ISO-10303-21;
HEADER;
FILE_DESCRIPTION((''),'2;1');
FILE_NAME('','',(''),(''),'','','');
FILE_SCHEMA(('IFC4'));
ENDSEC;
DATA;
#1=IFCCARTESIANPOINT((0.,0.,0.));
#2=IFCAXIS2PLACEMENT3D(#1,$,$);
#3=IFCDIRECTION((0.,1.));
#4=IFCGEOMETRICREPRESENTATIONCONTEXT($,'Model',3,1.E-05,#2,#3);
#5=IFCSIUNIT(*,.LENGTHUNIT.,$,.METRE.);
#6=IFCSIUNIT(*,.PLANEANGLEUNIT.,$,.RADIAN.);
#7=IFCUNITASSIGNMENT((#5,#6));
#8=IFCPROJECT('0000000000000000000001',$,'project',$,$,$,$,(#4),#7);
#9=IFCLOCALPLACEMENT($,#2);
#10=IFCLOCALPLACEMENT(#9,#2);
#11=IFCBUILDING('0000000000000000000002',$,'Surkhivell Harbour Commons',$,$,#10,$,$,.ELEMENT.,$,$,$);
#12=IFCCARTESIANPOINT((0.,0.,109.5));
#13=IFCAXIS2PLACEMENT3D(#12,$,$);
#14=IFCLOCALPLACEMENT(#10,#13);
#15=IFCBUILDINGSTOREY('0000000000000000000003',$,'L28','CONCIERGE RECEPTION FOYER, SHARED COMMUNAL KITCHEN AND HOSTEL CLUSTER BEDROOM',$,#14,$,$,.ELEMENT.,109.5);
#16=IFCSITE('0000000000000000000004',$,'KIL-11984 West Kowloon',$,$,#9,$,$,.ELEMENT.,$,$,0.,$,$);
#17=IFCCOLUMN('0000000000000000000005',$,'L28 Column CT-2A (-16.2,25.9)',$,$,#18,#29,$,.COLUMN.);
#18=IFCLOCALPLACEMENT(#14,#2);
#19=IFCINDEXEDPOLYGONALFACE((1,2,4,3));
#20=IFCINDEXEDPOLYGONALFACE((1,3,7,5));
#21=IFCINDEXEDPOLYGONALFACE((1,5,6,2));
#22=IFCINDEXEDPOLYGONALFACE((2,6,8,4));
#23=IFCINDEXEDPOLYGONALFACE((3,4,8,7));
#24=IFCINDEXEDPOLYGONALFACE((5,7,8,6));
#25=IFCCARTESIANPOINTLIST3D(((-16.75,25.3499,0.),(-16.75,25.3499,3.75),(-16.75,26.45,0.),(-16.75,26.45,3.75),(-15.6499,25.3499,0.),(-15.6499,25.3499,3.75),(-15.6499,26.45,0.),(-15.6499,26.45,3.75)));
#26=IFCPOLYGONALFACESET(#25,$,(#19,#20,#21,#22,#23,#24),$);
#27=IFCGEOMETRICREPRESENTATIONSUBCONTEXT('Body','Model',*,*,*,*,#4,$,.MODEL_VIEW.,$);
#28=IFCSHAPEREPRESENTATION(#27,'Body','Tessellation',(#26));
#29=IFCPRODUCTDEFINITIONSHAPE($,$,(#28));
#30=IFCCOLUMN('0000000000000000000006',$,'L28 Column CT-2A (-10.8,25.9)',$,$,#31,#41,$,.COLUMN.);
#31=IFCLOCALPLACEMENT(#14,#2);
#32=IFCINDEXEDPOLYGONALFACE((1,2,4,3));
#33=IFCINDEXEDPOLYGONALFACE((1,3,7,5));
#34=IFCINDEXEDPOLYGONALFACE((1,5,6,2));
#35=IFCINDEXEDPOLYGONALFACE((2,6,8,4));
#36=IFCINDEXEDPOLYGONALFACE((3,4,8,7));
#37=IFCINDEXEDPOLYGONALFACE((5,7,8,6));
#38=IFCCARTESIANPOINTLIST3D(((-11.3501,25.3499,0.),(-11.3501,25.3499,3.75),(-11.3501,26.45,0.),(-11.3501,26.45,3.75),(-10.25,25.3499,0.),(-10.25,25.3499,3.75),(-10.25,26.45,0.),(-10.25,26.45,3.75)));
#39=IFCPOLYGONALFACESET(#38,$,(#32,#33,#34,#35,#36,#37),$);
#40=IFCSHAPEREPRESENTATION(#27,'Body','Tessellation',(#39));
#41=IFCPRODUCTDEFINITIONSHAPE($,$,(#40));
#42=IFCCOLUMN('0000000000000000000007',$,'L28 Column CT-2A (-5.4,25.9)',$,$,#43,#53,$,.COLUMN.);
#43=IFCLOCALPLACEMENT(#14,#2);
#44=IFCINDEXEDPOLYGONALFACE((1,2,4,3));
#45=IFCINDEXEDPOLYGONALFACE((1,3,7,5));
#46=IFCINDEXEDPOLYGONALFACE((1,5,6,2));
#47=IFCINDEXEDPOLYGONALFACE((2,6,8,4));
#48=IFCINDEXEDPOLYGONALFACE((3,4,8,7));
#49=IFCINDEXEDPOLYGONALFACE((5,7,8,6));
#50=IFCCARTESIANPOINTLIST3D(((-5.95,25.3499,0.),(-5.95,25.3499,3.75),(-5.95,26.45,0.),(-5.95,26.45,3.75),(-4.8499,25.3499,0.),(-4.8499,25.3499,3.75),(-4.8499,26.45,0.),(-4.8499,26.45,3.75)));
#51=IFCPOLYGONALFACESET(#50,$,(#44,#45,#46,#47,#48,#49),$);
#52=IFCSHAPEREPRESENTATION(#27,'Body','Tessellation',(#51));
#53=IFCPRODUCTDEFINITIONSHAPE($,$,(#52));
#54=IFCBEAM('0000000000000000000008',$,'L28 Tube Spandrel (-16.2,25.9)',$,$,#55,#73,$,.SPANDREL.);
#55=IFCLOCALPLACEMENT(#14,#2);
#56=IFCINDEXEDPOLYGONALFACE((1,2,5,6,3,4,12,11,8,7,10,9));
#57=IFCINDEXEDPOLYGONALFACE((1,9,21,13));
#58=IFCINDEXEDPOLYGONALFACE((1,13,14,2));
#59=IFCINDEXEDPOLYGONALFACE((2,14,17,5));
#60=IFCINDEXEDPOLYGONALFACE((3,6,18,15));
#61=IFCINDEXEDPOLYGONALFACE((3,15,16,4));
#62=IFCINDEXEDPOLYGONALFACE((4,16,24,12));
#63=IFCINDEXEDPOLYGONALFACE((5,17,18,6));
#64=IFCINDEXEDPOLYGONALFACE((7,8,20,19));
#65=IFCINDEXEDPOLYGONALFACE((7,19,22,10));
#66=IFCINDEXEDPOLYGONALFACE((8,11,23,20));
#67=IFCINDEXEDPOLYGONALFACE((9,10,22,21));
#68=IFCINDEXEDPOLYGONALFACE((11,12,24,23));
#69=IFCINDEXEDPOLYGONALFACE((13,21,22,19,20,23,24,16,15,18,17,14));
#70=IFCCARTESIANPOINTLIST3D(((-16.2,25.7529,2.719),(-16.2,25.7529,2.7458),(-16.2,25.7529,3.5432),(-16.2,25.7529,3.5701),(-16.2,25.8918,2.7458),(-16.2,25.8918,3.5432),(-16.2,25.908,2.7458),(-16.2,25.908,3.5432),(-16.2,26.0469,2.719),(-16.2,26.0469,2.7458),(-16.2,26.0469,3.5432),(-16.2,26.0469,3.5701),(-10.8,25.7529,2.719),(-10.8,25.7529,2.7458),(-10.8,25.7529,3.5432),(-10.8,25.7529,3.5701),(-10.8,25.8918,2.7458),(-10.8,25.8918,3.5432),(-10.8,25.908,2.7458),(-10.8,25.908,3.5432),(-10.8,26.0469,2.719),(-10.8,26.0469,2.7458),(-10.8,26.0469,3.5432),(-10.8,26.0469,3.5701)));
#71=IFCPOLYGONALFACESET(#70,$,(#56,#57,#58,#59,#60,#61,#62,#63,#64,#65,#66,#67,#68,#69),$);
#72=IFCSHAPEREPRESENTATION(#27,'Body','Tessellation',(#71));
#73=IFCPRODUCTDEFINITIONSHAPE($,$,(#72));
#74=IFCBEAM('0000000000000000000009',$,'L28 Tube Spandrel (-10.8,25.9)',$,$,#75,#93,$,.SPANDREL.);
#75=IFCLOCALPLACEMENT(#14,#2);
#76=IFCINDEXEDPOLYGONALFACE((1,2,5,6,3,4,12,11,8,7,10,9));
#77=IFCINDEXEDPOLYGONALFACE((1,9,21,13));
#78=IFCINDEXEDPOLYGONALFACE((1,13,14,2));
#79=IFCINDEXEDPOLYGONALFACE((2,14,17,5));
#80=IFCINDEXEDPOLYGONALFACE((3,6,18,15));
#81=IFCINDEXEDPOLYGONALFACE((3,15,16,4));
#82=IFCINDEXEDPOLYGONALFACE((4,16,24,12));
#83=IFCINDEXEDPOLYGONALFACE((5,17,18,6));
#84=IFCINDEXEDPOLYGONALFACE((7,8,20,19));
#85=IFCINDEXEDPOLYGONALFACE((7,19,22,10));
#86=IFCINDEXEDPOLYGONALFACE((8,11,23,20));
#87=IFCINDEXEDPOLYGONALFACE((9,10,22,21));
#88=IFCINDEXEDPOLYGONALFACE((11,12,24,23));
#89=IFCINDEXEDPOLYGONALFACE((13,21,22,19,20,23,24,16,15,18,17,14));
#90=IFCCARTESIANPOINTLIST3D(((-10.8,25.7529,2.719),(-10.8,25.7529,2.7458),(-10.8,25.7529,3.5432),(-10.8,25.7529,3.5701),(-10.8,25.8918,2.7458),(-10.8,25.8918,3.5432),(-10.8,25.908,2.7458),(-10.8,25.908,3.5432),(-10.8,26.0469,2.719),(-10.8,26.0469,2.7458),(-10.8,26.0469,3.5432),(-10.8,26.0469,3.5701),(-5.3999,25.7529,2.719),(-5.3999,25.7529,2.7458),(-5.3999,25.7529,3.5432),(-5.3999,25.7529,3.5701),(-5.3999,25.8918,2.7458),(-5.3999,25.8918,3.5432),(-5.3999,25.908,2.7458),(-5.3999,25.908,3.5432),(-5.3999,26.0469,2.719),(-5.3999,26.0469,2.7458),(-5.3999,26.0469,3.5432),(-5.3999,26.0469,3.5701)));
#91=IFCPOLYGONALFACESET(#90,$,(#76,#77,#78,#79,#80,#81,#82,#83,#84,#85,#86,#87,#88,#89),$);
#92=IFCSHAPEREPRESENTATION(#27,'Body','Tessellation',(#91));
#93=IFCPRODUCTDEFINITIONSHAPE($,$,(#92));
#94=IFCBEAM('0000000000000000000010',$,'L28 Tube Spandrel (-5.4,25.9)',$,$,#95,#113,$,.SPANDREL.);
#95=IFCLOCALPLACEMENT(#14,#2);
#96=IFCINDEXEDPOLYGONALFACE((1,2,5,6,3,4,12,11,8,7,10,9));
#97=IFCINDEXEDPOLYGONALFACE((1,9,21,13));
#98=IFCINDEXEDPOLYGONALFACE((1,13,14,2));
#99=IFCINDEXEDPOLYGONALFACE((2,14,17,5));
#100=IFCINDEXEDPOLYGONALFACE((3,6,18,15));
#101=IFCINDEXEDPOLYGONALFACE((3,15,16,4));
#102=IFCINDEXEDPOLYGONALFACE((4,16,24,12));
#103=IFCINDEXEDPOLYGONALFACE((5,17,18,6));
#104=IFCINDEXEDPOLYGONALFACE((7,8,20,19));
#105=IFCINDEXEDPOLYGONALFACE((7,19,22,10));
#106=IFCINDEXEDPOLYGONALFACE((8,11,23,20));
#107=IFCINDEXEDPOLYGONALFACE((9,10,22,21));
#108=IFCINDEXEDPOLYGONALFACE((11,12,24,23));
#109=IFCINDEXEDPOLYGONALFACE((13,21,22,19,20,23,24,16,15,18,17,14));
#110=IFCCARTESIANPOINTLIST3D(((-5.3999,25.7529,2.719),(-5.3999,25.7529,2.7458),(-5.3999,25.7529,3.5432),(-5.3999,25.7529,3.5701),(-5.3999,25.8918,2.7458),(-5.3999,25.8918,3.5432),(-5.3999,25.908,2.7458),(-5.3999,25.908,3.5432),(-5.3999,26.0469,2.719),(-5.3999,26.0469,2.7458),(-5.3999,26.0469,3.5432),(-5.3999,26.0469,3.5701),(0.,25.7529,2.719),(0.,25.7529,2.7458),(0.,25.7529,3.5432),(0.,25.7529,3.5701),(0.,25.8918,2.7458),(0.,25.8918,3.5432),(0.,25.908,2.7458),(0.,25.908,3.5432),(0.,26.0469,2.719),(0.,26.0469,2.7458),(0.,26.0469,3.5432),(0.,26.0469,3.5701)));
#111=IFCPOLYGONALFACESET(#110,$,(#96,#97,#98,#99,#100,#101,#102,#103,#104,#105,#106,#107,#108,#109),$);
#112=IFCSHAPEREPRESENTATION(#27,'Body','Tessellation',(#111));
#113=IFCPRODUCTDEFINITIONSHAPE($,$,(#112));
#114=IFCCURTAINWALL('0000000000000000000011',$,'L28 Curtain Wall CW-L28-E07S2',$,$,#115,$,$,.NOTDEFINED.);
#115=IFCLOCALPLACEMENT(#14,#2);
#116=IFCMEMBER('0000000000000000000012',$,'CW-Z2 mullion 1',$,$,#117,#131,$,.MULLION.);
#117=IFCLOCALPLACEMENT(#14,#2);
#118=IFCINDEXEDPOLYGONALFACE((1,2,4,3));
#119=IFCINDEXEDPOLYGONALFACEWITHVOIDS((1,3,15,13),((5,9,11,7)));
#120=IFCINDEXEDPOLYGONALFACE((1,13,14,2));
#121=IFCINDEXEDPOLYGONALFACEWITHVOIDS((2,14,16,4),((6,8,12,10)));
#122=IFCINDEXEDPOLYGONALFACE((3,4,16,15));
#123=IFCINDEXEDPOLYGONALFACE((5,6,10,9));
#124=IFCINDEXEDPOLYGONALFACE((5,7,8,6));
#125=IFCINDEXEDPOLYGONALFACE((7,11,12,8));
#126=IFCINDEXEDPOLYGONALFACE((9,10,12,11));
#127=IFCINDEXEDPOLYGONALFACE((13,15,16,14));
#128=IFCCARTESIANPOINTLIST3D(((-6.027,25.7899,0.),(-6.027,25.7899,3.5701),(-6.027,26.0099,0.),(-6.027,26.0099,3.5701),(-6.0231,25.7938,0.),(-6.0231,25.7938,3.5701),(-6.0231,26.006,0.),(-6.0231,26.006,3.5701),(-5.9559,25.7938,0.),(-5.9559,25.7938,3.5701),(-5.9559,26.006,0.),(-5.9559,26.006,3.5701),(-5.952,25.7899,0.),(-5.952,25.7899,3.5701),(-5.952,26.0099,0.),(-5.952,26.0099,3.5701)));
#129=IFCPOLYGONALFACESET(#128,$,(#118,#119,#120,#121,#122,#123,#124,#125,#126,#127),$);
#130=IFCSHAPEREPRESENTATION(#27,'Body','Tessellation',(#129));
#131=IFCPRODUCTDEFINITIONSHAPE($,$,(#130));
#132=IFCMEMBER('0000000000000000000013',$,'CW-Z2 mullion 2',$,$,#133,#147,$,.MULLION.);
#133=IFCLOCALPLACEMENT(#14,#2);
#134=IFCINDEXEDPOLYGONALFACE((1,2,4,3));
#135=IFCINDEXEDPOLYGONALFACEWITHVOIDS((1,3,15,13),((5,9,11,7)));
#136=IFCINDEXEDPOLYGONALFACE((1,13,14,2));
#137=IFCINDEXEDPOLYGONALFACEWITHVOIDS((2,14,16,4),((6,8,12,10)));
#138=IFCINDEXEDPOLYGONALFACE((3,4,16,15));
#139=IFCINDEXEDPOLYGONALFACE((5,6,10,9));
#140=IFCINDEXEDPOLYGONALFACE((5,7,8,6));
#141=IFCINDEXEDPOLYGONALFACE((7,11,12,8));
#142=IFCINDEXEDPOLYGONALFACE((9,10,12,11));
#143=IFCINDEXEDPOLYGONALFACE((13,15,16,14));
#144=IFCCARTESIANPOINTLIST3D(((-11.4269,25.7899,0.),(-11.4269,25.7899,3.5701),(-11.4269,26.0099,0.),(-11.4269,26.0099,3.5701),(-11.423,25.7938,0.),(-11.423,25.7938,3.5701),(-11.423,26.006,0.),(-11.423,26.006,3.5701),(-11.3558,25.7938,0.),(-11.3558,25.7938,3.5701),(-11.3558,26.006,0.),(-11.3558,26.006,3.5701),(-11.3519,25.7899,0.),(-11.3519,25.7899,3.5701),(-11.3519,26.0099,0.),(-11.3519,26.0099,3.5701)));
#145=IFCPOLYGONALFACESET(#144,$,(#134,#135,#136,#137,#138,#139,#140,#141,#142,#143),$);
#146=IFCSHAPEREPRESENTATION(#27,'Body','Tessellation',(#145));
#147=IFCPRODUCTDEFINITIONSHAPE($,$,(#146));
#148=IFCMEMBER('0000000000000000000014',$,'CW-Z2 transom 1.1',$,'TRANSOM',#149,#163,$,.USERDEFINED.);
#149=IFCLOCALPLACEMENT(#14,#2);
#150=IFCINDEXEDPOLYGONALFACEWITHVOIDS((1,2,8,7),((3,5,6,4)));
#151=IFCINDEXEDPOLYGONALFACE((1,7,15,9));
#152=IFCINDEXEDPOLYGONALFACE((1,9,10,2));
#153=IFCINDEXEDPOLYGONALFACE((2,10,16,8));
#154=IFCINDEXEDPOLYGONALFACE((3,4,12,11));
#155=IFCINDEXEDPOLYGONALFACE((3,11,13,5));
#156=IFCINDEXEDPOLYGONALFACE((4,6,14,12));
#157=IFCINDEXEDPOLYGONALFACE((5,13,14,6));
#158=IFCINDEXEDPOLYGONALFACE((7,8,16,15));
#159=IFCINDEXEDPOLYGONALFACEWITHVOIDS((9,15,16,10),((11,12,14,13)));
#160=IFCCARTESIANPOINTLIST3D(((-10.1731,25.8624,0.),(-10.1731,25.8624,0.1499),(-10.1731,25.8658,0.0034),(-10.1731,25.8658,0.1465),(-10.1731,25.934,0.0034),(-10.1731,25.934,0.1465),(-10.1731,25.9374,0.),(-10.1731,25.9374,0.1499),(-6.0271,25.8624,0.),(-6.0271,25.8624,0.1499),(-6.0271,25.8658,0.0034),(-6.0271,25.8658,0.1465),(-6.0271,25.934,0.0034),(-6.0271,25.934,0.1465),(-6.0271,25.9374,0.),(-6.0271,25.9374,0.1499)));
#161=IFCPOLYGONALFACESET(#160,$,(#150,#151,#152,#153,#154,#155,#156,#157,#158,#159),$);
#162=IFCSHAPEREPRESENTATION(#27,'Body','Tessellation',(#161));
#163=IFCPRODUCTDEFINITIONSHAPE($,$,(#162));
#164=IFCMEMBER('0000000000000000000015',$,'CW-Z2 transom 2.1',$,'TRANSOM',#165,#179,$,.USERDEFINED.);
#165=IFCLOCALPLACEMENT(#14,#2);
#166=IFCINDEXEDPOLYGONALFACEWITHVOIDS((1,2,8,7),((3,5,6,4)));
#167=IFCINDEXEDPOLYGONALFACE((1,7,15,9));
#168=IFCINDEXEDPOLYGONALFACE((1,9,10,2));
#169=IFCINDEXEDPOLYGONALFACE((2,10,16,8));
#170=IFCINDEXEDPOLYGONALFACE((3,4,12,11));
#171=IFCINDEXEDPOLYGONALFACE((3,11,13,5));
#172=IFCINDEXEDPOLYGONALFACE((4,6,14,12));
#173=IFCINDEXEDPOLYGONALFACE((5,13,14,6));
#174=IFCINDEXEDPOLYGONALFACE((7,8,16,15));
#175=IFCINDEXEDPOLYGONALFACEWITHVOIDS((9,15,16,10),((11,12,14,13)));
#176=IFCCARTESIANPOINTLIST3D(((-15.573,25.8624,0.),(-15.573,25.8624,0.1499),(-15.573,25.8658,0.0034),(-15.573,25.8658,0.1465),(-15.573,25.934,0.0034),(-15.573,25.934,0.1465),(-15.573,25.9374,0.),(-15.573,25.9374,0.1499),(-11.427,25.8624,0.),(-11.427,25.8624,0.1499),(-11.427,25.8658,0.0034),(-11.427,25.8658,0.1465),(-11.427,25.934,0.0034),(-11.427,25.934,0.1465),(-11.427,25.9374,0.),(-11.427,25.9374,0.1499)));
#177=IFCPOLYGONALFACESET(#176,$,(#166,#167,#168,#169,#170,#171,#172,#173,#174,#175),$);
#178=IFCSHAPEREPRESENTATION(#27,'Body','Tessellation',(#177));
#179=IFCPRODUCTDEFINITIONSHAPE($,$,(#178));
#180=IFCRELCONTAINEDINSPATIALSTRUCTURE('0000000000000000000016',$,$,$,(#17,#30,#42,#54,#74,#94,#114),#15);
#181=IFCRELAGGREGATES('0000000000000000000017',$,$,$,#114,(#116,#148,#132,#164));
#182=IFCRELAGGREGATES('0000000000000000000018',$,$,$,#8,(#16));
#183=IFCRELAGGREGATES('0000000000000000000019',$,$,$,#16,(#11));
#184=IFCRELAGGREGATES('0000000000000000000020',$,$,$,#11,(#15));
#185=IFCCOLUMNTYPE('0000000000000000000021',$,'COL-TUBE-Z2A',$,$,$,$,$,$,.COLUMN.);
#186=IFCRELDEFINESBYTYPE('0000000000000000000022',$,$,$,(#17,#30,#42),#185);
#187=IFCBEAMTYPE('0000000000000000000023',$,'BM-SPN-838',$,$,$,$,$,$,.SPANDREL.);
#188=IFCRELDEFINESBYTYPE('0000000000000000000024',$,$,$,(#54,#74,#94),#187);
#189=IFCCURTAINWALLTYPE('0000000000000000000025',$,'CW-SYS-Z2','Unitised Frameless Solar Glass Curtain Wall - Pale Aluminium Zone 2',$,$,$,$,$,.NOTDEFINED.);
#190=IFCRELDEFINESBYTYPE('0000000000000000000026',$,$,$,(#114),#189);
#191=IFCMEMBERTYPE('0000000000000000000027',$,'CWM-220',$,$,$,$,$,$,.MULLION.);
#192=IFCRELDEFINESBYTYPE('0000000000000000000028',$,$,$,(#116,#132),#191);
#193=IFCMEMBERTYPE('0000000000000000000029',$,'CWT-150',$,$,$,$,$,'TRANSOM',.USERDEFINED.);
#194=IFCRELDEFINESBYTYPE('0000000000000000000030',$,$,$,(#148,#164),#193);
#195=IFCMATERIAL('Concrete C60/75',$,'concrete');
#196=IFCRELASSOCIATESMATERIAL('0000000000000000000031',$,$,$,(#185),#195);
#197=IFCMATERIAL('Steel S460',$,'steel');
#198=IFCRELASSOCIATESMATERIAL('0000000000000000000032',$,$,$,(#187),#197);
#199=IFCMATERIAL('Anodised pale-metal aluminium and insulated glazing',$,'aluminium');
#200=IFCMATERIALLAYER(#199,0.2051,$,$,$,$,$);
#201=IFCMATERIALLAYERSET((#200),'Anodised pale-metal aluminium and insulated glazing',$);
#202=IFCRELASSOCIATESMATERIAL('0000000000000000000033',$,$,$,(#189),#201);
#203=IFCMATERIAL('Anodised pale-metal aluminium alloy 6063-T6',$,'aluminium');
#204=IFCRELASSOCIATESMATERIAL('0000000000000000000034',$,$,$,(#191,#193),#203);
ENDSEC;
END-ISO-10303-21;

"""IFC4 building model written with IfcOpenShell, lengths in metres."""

from ifc_helpers import new_model, si_unit, direction, frame, origin, origin_2d, place, context, subcontext, project, spatial, rectangle, hollow_rectangle, i_section, extrude, material, layer, layer_set, material_profile, profile_set, type_object, element, aggregate, save


model = new_model("IFC4")

# Units and contexts
model_context = context("Model", 3, precision=1e-05, world=origin(), true_north=direction((0.0, 1.0)))
body_context = subcontext(model_context, "Body", "Model", "MODEL_VIEW")
ifc_project = project(units=[si_unit("LENGTHUNIT", "METRE"), si_unit("PLANEANGLEUNIT", "RADIAN")], contexts=[model_context])

# Site, building, storey
site_placement = place(None, origin())
site = spatial("IfcSite", under=ifc_project, at=site_placement, Name="KIL-11984 West Kowloon", CompositionType="ELEMENT", RefElevation=0.0)
building_placement = place(site_placement, origin())
building = spatial("IfcBuilding", under=site, at=building_placement, Name="Surkhivell Harbour Commons", CompositionType="ELEMENT")
storey_placement = place(building_placement, frame((0.0, 0.0, 109.5)))
storey = spatial("IfcBuildingStorey", under=building, at=storey_placement, Name="L28", Description="CONCIERGE RECEPTION FOYER, SHARED COMMUNAL KITCHEN AND HOSTEL CLUSTER BEDROOM", CompositionType="ELEMENT", Elevation=109.5)

# Columns
ifc_material_1 = material(Name="Concrete C60/75", Category="concrete")
ifc_material_profile_1 = material_profile(ifc_material_1, rectangle(XDim=1.1001, YDim=1.1001, at=origin_2d()), Name="RC-COL-1100x1100")
ifc_profile_set_1 = profile_set([ifc_material_profile_1], Name="Concrete C60/75")
column_type = type_object("IfcColumnType", Name="COL-TUBE-Z2A", PredefinedType="COLUMN", material=ifc_profile_set_1)
for number, where, z_axis, x_axis, name in (
    (1, (-16.2, 25.8999, 0.0), (0.0, 0.0, 1.0), (1.0, 0.0, 0.0), "L28 Column CT-2A (-16.2,25.9)"),
    (2, (-10.8, 25.8999, 0.0), (0.0, 0.0, 1.0), (1.0, 0.0, 0.0), "L28 Column CT-2A (-10.8,25.9)"),
    (3, (-5.3999, 25.8999, 0.0), (0.0, 0.0, 1.0), (1.0, 0.0, 0.0), "L28 Column CT-2A (-5.4,25.9)"),
):
    element("IfcColumn", number, at=place(storey_placement, frame(where, z_axis=z_axis, x_axis=x_axis)), inside=storey, type_object=column_type, Name=name, PredefinedType="COLUMN", context=body_context, shape_type="SweptSolid", body=[
        extrude(rectangle(XDim=1.1001, YDim=1.1001, at=origin_2d()), origin(), (0.0, 0.0, 1.0), 3.75),
    ])

# Beams
ifc_material_2 = material(Name="Steel S460", Category="steel")
ifc_material_profile_2 = material_profile(ifc_material_2, i_section(OverallWidth=0.2939, OverallDepth=0.8511, WebThickness=0.0161, FlangeThickness=0.0269, at=origin_2d()), Name="UB838x292x226")
ifc_profile_set_2 = profile_set([ifc_material_profile_2], Name="Steel S460")
beam_type = type_object("IfcBeamType", Name="BM-SPN-838", PredefinedType="SPANDREL", material=ifc_profile_set_2)
beam_1_placement = place(storey_placement, frame((-16.2, 25.8999, 3.1445), z_axis=(1.0, 0.0, 0.0), x_axis=(0.0, 1.0, 0.0)))
element("IfcBeam", 4, at=beam_1_placement, inside=storey, type_object=beam_type, Name="L28 Tube Spandrel (-16.2,25.9)", PredefinedType="SPANDREL", context=body_context, shape_type="SweptSolid", body=[
    extrude(i_section(OverallWidth=0.2939, OverallDepth=0.8511, WebThickness=0.0161, FlangeThickness=0.0269, at=origin_2d()), origin(), (0.0, 0.0, 1.0), 5.3999),
])
beam_2_placement = place(storey_placement, frame((-10.8, 25.8999, 3.1445), z_axis=(1.0, 0.0, 0.0), x_axis=(0.0, 1.0, 0.0)))
element("IfcBeam", 5, at=beam_2_placement, inside=storey, type_object=beam_type, Name="L28 Tube Spandrel (-10.8,25.9)", PredefinedType="SPANDREL", context=body_context, shape_type="SweptSolid", body=[
    extrude(i_section(OverallWidth=0.2939, OverallDepth=0.8511, WebThickness=0.0161, FlangeThickness=0.0269, at=origin_2d()), origin(), (0.0, 0.0, 1.0), 5.4001),
])
beam_3_placement = place(storey_placement, frame((-5.3999, 25.8999, 3.1445), z_axis=(1.0, 0.0, 0.0), x_axis=(0.0, 1.0, 0.0)))
element("IfcBeam", 6, at=beam_3_placement, inside=storey, type_object=beam_type, Name="L28 Tube Spandrel (-5.4,25.9)", PredefinedType="SPANDREL", context=body_context, shape_type="SweptSolid", body=[
    extrude(i_section(OverallWidth=0.2939, OverallDepth=0.8511, WebThickness=0.0161, FlangeThickness=0.0269, at=origin_2d()), origin(), (0.0, 0.0, 1.0), 5.3999),
])

# Curtain wall, members
ifc_material_3 = material(Name="Anodised pale-metal aluminium and insulated glazing", Category="aluminium")
ifc_layer_1 = layer(ifc_material_3, 0.2051)
ifc_layer_set_1 = layer_set([ifc_layer_1], Name="Anodised pale-metal aluminium and insulated glazing")
curtain_wall_type = type_object("IfcCurtainWallType", Name="CW-SYS-Z2", Description="Unitised Frameless Solar Glass Curtain Wall - Pale Aluminium Zone 2", PredefinedType="NOTDEFINED", material=ifc_layer_set_1)
curtain_wall_placement = place(storey_placement, origin())
curtain_wall = element("IfcCurtainWall", 7, at=curtain_wall_placement, inside=storey, type_object=curtain_wall_type, Name="L28 Curtain Wall CW-L28-E07S2", PredefinedType="NOTDEFINED")
ifc_material_4 = material(Name="Anodised pale-metal aluminium alloy 6063-T6", Category="aluminium")
ifc_material_profile_3 = material_profile(ifc_material_4, hollow_rectangle(XDim=0.075, YDim=0.22, WallThickness=0.0039, at=origin_2d()), Name="ALU-MULL-75x220")
ifc_profile_set_3 = profile_set([ifc_material_profile_3], Name="Anodised pale-metal aluminium alloy 6063-T6")
member_type_1 = type_object("IfcMemberType", Name="CWM-220", PredefinedType="MULLION", material=ifc_profile_set_3)
member_1_placement = place(storey_placement, frame((-5.9895, 25.8999, 0.0), z_axis=(0.0, 0.0, 1.0), x_axis=(-1.0, 0.0, 0.0)))
member_1 = element("IfcMember", 8, at=member_1_placement, type_object=member_type_1, Name="CW-Z2 mullion 1", PredefinedType="MULLION", context=body_context, shape_type="SweptSolid", body=[
    extrude(hollow_rectangle(XDim=0.075, YDim=0.22, WallThickness=0.0039, at=origin_2d()), origin(), (0.0, 0.0, 1.0), 3.5701),
])
member_2_placement = place(storey_placement, frame((-11.3894, 25.8999, 0.0), z_axis=(0.0, 0.0, 1.0), x_axis=(-1.0, 0.0, 0.0)))
member_2 = element("IfcMember", 9, at=member_2_placement, type_object=member_type_1, Name="CW-Z2 mullion 2", PredefinedType="MULLION", context=body_context, shape_type="SweptSolid", body=[
    extrude(hollow_rectangle(XDim=0.075, YDim=0.22, WallThickness=0.0039, at=origin_2d()), origin(), (0.0, 0.0, 1.0), 3.5701),
])
ifc_material_profile_4 = material_profile(ifc_material_4, hollow_rectangle(XDim=0.075, YDim=0.1499, WallThickness=0.0034, at=origin_2d()), Name="ALU-TRAN-75x150")
ifc_profile_set_4 = profile_set([ifc_material_profile_4], Name="Anodised pale-metal aluminium alloy 6063-T6")
member_type_2 = type_object("IfcMemberType", Name="CWT-150", ElementType="TRANSOM", PredefinedType="USERDEFINED", material=ifc_profile_set_4)
member_3_placement = place(storey_placement, frame((-6.0271, 25.8999, 0.075), z_axis=(-1.0, 0.0, 0.0), x_axis=(0.0, -1.0, 0.0)))
member_3 = element("IfcMember", 10, at=member_3_placement, type_object=member_type_2, Name="CW-Z2 transom 1.1", ObjectType="TRANSOM", PredefinedType="USERDEFINED", context=body_context, shape_type="SweptSolid", body=[
    extrude(hollow_rectangle(XDim=0.075, YDim=0.1499, WallThickness=0.0034, at=origin_2d()), origin(), (0.0, 0.0, 1.0), 4.146),
])
member_4_placement = place(storey_placement, frame((-11.427, 25.8999, 0.075), z_axis=(-1.0, 0.0, 0.0), x_axis=(0.0, -1.0, 0.0)))
member_4 = element("IfcMember", 11, at=member_4_placement, type_object=member_type_2, Name="CW-Z2 transom 2.1", ObjectType="TRANSOM", PredefinedType="USERDEFINED", context=body_context, shape_type="SweptSolid", body=[
    extrude(hollow_rectangle(XDim=0.075, YDim=0.1499, WallThickness=0.0034, at=origin_2d()), origin(), (0.0, 0.0, 1.0), 4.146),
])

aggregate(curtain_wall, [member_1, member_3, member_2, member_4])

save(model, "model.ifc")
